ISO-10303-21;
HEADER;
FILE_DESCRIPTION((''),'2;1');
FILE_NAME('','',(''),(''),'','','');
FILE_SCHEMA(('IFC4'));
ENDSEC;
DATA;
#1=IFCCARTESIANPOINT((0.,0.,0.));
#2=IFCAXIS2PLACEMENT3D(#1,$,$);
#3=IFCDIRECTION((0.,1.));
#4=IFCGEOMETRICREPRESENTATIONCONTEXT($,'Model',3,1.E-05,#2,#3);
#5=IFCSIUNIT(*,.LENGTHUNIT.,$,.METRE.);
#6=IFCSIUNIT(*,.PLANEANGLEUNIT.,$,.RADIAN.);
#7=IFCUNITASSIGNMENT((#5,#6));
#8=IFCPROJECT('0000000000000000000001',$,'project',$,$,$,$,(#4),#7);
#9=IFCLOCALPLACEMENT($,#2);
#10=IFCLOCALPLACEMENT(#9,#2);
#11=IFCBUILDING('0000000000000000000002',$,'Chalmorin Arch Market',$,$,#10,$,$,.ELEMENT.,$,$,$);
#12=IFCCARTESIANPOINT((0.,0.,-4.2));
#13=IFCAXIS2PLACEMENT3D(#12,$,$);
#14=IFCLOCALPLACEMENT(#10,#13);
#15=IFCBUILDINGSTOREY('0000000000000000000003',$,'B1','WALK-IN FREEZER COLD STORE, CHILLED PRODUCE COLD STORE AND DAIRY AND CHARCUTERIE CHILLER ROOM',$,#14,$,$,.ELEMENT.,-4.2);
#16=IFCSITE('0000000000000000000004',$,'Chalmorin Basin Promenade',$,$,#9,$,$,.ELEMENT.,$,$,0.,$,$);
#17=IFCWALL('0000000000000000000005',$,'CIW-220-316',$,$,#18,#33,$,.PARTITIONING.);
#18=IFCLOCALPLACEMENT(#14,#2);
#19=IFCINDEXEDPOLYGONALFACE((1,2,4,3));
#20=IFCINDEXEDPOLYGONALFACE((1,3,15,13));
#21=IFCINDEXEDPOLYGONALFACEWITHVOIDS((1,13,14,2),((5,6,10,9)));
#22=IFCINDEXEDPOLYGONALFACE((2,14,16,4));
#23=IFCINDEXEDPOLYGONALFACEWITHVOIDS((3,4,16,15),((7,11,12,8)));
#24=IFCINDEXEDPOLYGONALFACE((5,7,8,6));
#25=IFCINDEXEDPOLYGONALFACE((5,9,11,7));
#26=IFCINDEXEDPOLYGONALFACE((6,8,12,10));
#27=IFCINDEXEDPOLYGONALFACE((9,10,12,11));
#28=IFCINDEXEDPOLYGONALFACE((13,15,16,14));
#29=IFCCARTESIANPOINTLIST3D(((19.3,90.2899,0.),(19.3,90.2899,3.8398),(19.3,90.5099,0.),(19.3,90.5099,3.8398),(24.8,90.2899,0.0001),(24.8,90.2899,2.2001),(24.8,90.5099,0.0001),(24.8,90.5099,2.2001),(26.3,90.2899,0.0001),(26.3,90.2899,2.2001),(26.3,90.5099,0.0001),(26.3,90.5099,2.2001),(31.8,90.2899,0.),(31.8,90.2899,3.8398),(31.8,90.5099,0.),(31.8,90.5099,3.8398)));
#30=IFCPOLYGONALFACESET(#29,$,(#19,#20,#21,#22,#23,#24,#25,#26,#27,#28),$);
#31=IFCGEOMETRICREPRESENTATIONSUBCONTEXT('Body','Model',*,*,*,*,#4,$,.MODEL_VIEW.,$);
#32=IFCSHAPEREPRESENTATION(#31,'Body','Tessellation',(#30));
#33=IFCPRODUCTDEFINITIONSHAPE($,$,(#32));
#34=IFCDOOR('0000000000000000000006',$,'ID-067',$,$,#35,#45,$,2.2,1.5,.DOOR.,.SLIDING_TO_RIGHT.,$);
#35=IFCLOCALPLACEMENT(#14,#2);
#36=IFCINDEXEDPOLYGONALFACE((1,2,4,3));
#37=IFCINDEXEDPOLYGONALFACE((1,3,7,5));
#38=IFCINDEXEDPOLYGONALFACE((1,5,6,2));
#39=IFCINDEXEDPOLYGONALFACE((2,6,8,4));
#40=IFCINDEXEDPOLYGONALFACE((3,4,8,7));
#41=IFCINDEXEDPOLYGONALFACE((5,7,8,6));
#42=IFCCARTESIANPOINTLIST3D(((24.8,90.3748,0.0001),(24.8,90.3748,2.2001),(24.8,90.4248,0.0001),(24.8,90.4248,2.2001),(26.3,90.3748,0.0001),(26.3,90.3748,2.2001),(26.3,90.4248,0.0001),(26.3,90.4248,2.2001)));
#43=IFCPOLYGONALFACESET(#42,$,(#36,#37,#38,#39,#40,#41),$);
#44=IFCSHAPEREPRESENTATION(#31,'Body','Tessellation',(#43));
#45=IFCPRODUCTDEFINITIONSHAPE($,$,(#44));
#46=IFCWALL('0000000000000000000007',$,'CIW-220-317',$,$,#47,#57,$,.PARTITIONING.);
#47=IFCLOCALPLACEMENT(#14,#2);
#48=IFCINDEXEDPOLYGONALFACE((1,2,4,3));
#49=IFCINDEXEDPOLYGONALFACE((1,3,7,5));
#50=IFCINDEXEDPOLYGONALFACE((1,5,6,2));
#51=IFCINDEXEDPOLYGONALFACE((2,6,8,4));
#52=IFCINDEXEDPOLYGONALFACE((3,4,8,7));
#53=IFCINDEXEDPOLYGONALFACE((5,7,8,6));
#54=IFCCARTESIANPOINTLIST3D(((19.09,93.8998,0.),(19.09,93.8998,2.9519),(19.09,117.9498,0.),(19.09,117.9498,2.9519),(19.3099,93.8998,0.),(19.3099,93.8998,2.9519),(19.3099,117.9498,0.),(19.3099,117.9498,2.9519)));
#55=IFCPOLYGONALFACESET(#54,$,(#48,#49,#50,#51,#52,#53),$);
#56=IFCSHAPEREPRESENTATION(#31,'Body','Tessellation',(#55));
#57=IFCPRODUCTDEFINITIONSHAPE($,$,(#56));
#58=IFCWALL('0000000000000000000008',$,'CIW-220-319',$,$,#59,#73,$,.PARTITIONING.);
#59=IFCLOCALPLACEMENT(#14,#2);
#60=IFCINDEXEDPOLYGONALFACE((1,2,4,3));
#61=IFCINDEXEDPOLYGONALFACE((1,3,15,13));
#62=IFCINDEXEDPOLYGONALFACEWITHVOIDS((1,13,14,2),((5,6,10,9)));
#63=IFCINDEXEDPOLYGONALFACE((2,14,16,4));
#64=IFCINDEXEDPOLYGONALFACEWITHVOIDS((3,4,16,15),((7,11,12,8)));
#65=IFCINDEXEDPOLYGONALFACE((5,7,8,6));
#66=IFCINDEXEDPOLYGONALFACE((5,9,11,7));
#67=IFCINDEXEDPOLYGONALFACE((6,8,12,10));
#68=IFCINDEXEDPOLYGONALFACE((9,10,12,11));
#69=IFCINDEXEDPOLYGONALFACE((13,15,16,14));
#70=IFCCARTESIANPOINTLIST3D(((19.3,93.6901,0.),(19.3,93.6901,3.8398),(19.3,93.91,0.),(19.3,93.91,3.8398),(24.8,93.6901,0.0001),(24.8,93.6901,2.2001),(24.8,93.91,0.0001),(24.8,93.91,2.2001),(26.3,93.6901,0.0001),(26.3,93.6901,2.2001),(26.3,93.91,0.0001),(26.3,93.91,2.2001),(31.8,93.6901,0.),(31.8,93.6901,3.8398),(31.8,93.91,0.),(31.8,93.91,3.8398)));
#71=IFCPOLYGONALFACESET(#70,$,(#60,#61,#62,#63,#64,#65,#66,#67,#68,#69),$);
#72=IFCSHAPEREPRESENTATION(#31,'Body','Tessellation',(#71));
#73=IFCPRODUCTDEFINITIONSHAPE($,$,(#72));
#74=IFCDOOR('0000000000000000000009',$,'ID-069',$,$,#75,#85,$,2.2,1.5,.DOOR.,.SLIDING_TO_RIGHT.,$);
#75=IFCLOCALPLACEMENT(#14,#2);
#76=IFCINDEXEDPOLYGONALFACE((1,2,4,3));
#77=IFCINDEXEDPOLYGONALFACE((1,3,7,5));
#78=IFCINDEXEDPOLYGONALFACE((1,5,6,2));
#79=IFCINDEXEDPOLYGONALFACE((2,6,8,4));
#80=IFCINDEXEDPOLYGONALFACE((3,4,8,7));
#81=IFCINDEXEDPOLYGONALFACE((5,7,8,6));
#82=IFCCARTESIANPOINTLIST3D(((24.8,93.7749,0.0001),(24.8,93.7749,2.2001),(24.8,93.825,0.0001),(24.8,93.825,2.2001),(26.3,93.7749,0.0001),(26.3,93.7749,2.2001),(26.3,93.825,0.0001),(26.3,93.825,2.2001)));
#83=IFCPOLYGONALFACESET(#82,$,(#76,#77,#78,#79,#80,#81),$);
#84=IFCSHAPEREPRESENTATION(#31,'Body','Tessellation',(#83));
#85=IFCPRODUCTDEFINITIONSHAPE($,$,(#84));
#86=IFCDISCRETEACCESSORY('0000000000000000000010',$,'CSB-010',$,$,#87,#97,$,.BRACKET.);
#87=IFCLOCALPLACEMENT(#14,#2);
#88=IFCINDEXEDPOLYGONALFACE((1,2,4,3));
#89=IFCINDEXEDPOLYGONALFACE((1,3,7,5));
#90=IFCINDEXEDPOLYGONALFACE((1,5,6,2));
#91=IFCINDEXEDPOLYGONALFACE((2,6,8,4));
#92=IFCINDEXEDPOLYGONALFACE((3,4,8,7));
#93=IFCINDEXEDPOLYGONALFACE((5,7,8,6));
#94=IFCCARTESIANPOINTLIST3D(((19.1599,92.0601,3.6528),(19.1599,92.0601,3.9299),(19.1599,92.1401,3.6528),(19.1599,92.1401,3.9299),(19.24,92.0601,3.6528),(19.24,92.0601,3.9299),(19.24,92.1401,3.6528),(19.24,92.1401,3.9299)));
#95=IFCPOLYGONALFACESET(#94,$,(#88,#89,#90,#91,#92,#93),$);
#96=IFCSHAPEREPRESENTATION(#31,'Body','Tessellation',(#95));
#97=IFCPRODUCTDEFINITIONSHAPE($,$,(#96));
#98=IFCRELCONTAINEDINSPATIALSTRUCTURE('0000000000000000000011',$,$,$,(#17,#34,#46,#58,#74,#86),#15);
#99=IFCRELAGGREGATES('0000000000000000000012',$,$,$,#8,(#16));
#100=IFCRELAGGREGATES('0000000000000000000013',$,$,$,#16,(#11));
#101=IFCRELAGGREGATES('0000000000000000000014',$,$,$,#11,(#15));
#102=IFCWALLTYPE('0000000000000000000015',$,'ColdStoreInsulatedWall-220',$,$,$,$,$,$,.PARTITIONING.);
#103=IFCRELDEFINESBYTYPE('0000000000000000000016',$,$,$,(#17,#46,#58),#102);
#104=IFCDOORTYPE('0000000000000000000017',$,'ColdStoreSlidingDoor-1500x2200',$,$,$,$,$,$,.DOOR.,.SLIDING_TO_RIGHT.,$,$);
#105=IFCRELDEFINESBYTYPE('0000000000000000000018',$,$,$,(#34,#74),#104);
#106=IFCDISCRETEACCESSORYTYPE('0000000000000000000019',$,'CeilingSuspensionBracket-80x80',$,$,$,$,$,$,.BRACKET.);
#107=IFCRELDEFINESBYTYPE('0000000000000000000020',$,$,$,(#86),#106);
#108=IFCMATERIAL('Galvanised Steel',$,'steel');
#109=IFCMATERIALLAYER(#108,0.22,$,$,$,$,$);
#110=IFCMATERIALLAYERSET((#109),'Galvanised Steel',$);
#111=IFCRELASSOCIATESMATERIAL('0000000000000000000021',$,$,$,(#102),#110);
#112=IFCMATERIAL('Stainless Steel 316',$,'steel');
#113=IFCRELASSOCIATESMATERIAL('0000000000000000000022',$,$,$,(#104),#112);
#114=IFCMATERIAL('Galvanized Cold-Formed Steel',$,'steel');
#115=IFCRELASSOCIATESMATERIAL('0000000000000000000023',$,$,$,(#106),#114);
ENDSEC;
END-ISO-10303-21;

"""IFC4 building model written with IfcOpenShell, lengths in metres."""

from ifc_helpers import new_model, si_unit, direction, frame, frame_2d, origin, origin_2d, place, context, subcontext, project, spatial, rectangle, extrude, material, layer, layer_set, type_object, element, fill, save


model = new_model("IFC4")

# Units and contexts
model_context = context("Model", 3, precision=1e-05, world=origin(), true_north=direction((0.0, 1.0)))
body_context = subcontext(model_context, "Body", "Model", "MODEL_VIEW")
ifc_project = project(units=[si_unit("LENGTHUNIT", "METRE"), si_unit("PLANEANGLEUNIT", "RADIAN")], contexts=[model_context])

# Site, building, storey
site_placement = place(None, origin())
site = spatial("IfcSite", under=ifc_project, at=site_placement, Name="Chalmorin Basin Promenade", CompositionType="ELEMENT", RefElevation=0.0)
building_placement = place(site_placement, origin())
building = spatial("IfcBuilding", under=site, at=building_placement, Name="Chalmorin Arch Market", CompositionType="ELEMENT")
storey_placement = place(building_placement, frame((0.0, 0.0, -4.2)))
storey = spatial("IfcBuildingStorey", under=building, at=storey_placement, Name="B1", Description="WALK-IN FREEZER COLD STORE, CHILLED PRODUCE COLD STORE AND DAIRY AND CHARCUTERIE CHILLER ROOM", CompositionType="ELEMENT", Elevation=-4.2)

# Wall, opening, door
ifc_material_1 = material(Name="Galvanised Steel", Category="steel")
ifc_layer_1 = layer(ifc_material_1, 0.22)
ifc_layer_set_1 = layer_set([ifc_layer_1], Name="Galvanised Steel")
wall_type = type_object("IfcWallType", Name="ColdStoreInsulatedWall-220", PredefinedType="PARTITIONING", material=ifc_layer_set_1)
wall_1_placement = place(storey_placement, frame((19.3, 90.3999, 0.0), z_axis=(0.0, 0.0, 1.0), x_axis=(1.0, 0.0, 0.0)))
wall_1 = element("IfcWall", 1, at=wall_1_placement, inside=storey, type_object=wall_type, Name="CIW-220-316", PredefinedType="PARTITIONING", context=body_context, shape_type="SweptSolid", body=[
    extrude(rectangle(XDim=12.5, YDim=0.22, at=frame_2d((6.25, 0.0))), origin(), (0.0, 0.0, 1.0), 3.8398),
])
opening_1_placement = place(wall_1_placement, frame((5.5, 0.0, 0.0)))
opening_1 = element("IfcOpeningElement", 2, at=opening_1_placement, cuts=wall_1, PredefinedType="OPENING", context=body_context, shape_type="SweptSolid", body=[
    extrude(rectangle(XDim=1.5, YDim=2.2, at=frame_2d((0.75, 1.1001))), frame((0.0, 0.1199, 0.0), z_axis=(0.0, -1.0, 0.0), x_axis=(1.0, 0.0, 0.0)), (0.0, 0.0, 1.0), 0.24),
])
ifc_material_2 = material(Name="Stainless Steel 316", Category="steel")
door_type = type_object("IfcDoorType", Name="ColdStoreSlidingDoor-1500x2200", OperationType="SLIDING_TO_RIGHT", PredefinedType="DOOR", material=ifc_material_2)
door_1_placement = place(opening_1_placement, origin())
door_1 = element("IfcDoor", 3, at=door_1_placement, inside=storey, type_object=door_type, Name="ID-067", OperationType="SLIDING_TO_RIGHT", OverallHeight=2.2, OverallWidth=1.5, PredefinedType="DOOR", context=body_context, shape_type="SweptSolid", body=[
    extrude(rectangle(XDim=1.5, YDim=2.2, at=frame_2d((0.75, 1.1001))), frame((0.0, 0.0249, 0.0), z_axis=(0.0, -1.0, 0.0), x_axis=(1.0, 0.0, 0.0)), (0.0, 0.0, 1.0), 0.05),
])
fill(opening_1, door_1)

# Wall
wall_2_placement = place(storey_placement, frame((19.2, 93.8999, 0.0), z_axis=(0.0, 0.0, 1.0), x_axis=(0.0, 1.0, 0.0)))
element("IfcWall", 4, at=wall_2_placement, inside=storey, type_object=wall_type, Name="CIW-220-317", PredefinedType="PARTITIONING", context=body_context, shape_type="SweptSolid", body=[
    extrude(rectangle(XDim=24.05, YDim=0.22, at=frame_2d((12.0249, 0.0))), origin(), (0.0, 0.0, 1.0), 2.9519),
])

# Wall, opening, door
wall_3_placement = place(storey_placement, frame((19.3, 93.8, 0.0), z_axis=(0.0, 0.0, 1.0), x_axis=(1.0, 0.0, 0.0)))
wall_3 = element("IfcWall", 5, at=wall_3_placement, inside=storey, type_object=wall_type, Name="CIW-220-319", PredefinedType="PARTITIONING", context=body_context, shape_type="SweptSolid", body=[
    extrude(rectangle(XDim=12.5, YDim=0.22, at=frame_2d((6.25, 0.0))), origin(), (0.0, 0.0, 1.0), 3.8398),
])
opening_2_placement = place(wall_3_placement, frame((5.5, 0.0, 0.0)))
opening_2 = element("IfcOpeningElement", 6, at=opening_2_placement, cuts=wall_3, PredefinedType="OPENING", context=body_context, shape_type="SweptSolid", body=[
    extrude(rectangle(XDim=1.5, YDim=2.2, at=frame_2d((0.75, 1.1001))), frame((0.0, 0.1199, 0.0), z_axis=(0.0, -1.0, 0.0), x_axis=(1.0, 0.0, 0.0)), (0.0, 0.0, 1.0), 0.24),
])
door_2_placement = place(opening_2_placement, origin())
door_2 = element("IfcDoor", 7, at=door_2_placement, inside=storey, type_object=door_type, Name="ID-069", OperationType="SLIDING_TO_RIGHT", OverallHeight=2.2, OverallWidth=1.5, PredefinedType="DOOR", context=body_context, shape_type="SweptSolid", body=[
    extrude(rectangle(XDim=1.5, YDim=2.2, at=frame_2d((0.75, 1.1001))), frame((0.0, 0.0249, 0.0), z_axis=(0.0, -1.0, 0.0), x_axis=(1.0, 0.0, 0.0)), (0.0, 0.0, 1.0), 0.05),
])
fill(opening_2, door_2)

# Discrete accessory
ifc_material_3 = material(Name="Galvanized Cold-Formed Steel", Category="steel")
discrete_accessory_type = type_object("IfcDiscreteAccessoryType", Name="CeilingSuspensionBracket-80x80", PredefinedType="BRACKET", material=ifc_material_3)
discrete_accessory_placement = place(storey_placement, frame((19.2, 92.1001, 3.6528), z_axis=(0.0, 0.0, 1.0), x_axis=(1.0, 0.0, 0.0)))
element("IfcDiscreteAccessory", 8, at=discrete_accessory_placement, inside=storey, type_object=discrete_accessory_type, Name="CSB-010", PredefinedType="BRACKET", context=body_context, shape_type="SweptSolid", body=[
    extrude(rectangle(XDim=0.0801, YDim=0.0801, at=origin_2d()), origin(), (0.0, 0.0, 1.0), 0.2771),
])

save(model, "model.ifc")
